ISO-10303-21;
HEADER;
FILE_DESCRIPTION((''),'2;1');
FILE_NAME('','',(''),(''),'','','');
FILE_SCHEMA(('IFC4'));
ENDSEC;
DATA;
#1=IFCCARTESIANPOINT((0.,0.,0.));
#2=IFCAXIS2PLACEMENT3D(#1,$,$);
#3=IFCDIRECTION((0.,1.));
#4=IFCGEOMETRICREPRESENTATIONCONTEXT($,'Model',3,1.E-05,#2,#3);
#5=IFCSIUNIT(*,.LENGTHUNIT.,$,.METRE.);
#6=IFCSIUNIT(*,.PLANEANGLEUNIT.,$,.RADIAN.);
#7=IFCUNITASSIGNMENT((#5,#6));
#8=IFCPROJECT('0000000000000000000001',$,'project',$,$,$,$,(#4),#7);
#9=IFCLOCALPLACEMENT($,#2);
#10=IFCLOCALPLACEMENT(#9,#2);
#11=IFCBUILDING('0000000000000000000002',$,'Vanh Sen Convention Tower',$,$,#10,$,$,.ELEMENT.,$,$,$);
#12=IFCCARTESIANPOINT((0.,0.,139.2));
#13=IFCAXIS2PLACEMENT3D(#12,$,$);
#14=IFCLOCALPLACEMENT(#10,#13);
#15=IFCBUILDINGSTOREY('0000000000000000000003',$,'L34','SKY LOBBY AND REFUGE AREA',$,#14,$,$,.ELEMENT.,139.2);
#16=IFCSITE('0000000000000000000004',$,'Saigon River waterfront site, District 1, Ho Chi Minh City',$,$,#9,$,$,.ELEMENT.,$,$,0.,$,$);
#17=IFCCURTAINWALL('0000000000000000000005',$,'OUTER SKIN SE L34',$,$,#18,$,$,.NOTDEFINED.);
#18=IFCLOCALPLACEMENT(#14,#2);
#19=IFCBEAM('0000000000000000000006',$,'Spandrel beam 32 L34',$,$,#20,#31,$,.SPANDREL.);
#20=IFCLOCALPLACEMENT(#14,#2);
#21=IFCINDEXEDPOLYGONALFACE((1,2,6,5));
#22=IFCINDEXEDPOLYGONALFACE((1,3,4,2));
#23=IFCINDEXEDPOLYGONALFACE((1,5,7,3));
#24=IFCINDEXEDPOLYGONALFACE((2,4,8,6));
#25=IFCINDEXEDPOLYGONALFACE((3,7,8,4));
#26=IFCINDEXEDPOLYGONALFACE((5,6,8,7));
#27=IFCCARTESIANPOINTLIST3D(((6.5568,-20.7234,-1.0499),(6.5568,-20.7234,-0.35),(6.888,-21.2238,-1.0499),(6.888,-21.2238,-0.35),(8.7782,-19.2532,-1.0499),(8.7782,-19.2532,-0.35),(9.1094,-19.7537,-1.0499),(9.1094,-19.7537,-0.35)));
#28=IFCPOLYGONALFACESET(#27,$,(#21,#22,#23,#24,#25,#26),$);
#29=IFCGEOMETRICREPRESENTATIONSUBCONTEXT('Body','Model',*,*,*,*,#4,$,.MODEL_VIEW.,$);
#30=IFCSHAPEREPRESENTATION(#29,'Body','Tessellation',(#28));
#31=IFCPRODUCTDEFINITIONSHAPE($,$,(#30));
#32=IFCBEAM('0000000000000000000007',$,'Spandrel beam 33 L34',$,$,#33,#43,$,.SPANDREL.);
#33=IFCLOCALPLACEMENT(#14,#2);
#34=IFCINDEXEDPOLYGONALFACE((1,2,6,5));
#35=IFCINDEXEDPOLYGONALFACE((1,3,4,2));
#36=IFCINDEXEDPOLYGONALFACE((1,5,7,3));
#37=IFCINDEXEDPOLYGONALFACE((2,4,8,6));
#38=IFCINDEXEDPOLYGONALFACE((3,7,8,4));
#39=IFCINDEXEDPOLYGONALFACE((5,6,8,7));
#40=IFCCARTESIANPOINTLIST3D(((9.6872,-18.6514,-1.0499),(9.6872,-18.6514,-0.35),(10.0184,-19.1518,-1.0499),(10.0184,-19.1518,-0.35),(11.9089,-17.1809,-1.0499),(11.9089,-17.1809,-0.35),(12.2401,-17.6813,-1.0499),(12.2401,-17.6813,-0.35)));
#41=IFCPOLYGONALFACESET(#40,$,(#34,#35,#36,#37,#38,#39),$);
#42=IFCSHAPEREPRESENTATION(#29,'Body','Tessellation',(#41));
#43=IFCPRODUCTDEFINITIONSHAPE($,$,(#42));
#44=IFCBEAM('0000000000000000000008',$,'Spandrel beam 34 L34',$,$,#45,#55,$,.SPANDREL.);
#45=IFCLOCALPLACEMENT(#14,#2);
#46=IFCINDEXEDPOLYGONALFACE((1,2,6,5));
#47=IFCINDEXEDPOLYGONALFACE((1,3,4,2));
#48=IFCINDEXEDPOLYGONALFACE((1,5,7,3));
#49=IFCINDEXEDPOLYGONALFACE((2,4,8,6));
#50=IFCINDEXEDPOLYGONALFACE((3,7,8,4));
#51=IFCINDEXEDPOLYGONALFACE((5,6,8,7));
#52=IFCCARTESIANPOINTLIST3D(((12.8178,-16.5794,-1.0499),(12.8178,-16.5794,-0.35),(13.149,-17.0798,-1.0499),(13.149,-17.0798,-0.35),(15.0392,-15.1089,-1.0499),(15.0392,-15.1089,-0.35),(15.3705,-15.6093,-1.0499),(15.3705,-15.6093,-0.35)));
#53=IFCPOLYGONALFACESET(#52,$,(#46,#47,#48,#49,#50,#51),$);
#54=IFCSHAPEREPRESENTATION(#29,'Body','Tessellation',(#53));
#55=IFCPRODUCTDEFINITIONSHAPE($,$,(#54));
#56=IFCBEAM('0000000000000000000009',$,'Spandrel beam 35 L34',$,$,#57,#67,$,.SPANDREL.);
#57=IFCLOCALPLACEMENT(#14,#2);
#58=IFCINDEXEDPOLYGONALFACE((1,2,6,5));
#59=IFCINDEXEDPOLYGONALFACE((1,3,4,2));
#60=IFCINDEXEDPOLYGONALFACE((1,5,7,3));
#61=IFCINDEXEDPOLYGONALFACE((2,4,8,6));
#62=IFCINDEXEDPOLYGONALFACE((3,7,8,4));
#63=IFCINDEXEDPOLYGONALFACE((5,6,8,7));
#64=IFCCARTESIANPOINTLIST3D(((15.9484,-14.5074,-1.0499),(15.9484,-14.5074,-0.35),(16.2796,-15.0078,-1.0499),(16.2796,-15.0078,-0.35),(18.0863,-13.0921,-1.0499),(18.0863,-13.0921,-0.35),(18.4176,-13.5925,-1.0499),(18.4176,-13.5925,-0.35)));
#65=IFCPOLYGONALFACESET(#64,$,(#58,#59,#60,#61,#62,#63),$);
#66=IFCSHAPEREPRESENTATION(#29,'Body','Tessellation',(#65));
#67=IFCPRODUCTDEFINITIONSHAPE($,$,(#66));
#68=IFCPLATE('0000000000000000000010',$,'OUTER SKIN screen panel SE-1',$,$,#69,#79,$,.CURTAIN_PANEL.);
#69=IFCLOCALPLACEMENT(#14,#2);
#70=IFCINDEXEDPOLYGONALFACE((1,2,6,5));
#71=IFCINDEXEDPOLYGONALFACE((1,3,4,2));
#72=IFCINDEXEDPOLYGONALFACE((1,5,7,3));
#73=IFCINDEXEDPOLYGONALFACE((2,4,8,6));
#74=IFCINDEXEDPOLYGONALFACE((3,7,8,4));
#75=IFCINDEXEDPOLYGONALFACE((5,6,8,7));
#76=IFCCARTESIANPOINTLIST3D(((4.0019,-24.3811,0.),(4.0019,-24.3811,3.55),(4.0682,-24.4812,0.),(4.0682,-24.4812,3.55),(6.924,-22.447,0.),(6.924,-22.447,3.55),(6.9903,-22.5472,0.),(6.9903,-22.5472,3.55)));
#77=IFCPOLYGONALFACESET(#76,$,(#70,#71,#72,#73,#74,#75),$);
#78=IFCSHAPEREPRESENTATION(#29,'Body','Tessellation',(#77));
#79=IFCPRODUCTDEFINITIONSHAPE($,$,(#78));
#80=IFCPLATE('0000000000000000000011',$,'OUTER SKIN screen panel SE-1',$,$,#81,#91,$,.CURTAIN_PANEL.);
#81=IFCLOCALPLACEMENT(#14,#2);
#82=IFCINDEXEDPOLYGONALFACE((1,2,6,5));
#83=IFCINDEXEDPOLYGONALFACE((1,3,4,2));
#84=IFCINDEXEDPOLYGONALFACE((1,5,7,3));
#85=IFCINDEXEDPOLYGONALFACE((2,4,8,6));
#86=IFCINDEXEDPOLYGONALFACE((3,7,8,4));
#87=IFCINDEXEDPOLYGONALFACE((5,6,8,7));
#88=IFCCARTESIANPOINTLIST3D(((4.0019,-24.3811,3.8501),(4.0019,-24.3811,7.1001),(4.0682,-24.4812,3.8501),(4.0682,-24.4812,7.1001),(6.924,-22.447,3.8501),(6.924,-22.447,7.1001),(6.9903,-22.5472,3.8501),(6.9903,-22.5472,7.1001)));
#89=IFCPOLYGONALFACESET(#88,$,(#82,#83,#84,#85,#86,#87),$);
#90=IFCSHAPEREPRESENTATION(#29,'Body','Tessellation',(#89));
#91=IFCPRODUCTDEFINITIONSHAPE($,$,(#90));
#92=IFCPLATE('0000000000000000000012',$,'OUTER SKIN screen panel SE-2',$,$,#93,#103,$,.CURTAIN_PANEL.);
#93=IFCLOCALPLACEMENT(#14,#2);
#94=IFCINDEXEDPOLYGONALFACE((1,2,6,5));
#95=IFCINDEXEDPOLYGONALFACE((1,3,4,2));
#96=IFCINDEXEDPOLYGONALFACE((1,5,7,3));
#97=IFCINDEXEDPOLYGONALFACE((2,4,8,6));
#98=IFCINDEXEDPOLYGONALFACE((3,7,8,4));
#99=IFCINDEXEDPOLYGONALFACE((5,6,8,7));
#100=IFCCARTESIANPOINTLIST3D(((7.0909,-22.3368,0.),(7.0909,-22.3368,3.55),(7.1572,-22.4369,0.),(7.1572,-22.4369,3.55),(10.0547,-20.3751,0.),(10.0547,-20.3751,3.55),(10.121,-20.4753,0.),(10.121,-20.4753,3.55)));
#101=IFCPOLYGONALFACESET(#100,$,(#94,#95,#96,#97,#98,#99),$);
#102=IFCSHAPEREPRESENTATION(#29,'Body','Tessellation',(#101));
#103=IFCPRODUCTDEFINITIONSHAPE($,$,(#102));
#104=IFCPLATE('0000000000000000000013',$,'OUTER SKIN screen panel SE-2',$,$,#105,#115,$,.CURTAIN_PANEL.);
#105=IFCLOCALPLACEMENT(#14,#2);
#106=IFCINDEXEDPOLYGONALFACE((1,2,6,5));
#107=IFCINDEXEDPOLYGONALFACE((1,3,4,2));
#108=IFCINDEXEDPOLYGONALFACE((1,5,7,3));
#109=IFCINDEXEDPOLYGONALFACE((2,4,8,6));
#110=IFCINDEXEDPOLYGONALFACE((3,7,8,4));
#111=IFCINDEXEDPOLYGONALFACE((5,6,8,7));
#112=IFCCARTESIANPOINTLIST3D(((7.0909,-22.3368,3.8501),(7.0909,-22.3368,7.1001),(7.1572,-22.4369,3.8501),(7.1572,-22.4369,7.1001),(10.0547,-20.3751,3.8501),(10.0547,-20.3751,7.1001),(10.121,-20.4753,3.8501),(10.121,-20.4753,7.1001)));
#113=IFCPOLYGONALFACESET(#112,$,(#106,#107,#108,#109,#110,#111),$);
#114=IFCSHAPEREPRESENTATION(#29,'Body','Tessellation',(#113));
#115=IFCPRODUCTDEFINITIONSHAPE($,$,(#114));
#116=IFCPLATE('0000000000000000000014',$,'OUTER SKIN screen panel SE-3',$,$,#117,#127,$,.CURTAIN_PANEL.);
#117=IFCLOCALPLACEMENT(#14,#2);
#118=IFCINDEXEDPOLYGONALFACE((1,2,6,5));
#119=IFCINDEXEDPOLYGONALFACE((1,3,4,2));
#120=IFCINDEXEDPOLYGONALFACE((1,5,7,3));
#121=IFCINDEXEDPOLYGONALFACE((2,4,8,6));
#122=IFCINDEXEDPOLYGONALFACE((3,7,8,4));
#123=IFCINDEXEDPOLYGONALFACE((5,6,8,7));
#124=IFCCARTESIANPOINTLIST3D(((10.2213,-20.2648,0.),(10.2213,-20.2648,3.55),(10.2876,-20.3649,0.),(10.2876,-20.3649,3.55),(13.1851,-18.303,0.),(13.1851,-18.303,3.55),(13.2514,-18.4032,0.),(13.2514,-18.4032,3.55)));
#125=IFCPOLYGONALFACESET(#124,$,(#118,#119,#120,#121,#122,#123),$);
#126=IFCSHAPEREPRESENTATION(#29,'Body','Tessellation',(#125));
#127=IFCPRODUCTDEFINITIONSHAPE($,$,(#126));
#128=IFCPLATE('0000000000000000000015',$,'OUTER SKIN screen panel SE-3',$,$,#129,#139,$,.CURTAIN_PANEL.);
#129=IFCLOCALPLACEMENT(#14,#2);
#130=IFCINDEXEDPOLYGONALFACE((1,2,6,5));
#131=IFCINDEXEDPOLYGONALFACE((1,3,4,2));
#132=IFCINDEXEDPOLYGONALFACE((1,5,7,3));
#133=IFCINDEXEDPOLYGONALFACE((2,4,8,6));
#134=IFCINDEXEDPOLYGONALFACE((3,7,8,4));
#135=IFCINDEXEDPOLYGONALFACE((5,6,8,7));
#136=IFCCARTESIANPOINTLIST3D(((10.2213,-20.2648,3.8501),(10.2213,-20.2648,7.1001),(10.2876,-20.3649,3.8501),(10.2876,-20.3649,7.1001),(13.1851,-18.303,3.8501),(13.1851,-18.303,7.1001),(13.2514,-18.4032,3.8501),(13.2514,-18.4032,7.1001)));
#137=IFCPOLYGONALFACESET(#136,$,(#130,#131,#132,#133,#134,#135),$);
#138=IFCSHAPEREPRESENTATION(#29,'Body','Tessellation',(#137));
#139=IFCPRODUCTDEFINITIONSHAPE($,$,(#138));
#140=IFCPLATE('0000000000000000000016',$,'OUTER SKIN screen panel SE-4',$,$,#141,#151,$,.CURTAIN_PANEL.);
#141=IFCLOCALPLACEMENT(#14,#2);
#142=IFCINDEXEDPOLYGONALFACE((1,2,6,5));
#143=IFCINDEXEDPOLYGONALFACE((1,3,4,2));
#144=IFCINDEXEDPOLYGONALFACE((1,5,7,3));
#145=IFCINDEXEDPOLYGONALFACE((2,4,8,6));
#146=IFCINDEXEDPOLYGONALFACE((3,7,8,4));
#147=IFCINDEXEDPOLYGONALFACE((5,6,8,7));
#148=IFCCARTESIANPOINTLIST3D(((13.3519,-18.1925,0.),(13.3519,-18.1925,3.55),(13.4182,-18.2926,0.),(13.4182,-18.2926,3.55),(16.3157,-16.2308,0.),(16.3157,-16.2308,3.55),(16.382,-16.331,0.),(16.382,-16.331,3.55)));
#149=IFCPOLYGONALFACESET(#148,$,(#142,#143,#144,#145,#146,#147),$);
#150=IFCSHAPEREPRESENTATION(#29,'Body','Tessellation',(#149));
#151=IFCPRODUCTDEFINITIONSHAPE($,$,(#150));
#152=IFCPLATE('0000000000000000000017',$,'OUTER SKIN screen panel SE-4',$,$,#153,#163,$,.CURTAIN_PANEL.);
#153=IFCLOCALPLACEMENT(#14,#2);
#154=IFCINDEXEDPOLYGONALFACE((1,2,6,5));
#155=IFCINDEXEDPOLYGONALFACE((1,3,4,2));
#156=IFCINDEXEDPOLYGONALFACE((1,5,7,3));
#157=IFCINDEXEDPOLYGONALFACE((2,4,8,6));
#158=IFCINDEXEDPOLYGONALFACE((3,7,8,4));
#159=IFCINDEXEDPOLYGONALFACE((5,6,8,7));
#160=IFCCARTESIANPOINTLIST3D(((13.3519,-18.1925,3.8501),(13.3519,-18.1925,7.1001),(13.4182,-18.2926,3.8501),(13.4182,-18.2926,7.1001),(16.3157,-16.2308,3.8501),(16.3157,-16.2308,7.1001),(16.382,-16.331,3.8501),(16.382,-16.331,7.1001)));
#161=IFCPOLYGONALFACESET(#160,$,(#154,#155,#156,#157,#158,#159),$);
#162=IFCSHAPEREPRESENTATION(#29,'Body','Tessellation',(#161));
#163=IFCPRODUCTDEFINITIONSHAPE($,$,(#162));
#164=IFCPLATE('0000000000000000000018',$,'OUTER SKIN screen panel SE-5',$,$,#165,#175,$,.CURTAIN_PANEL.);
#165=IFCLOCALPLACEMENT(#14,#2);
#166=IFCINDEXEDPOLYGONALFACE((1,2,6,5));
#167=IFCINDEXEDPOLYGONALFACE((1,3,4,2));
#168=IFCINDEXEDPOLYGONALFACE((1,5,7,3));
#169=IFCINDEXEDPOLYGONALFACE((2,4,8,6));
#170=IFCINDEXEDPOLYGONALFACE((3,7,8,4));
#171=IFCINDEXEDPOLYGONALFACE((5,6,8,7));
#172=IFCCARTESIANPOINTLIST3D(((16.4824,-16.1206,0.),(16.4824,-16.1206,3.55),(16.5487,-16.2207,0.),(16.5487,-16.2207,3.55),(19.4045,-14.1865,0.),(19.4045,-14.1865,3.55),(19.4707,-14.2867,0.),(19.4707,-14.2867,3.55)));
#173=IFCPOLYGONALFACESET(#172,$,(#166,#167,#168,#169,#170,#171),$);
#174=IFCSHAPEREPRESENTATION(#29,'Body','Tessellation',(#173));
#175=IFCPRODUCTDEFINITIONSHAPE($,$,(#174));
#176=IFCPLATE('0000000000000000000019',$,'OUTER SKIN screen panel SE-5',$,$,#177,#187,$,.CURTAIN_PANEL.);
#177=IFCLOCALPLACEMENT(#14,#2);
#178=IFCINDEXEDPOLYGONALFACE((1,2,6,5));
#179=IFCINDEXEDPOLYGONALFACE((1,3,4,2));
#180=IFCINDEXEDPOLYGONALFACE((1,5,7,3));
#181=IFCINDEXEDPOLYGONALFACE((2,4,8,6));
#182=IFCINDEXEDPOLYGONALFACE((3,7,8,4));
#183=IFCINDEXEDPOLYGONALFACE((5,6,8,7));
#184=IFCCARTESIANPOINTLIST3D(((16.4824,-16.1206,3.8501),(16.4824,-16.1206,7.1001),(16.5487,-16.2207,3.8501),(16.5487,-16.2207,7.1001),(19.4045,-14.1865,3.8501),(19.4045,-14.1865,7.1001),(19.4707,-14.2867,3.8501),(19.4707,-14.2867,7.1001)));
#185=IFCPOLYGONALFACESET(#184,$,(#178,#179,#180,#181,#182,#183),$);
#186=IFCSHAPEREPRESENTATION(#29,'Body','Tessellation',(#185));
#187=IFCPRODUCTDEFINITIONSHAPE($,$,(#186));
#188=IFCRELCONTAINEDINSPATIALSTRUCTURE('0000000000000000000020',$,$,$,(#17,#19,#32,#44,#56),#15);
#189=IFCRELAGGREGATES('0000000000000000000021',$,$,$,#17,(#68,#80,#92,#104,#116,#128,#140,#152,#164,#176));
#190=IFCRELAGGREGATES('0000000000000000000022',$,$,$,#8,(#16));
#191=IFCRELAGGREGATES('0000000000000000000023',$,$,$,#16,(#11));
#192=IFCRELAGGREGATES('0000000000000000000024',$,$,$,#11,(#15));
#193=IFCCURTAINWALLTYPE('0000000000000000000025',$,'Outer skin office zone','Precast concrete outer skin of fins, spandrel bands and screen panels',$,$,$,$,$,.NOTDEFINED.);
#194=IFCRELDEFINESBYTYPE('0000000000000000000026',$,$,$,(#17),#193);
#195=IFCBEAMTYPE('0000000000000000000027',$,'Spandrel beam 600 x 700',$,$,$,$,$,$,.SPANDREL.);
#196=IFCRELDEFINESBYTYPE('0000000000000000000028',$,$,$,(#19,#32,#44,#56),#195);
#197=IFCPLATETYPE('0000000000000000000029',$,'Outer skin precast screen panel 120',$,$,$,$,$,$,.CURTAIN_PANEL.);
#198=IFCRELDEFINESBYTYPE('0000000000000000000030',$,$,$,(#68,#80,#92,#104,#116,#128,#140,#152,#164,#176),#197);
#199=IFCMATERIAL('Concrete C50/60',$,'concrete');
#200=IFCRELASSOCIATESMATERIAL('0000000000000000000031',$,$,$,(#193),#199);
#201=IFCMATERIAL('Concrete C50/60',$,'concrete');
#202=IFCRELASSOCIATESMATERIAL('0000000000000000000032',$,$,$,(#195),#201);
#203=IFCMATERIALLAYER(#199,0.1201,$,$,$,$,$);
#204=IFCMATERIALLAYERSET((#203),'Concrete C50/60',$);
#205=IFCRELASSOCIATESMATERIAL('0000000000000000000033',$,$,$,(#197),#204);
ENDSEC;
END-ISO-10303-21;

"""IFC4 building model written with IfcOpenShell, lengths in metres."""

from ifc_helpers import new_model, si_unit, direction, frame, origin, origin_2d, place, context, subcontext, project, spatial, rectangle, extrude, material, layer, layer_set, material_profile, profile_set, type_object, element, aggregate, save


model = new_model("IFC4")

# Units and contexts
model_context = context("Model", 3, precision=1e-05, world=origin(), true_north=direction((0.0, 1.0)))
body_context = subcontext(model_context, "Body", "Model", "MODEL_VIEW")
ifc_project = project(units=[si_unit("LENGTHUNIT", "METRE"), si_unit("PLANEANGLEUNIT", "RADIAN")], contexts=[model_context])

# Site, building, storey
site_placement = place(None, origin())
site = spatial("IfcSite", under=ifc_project, at=site_placement, Name="Saigon River waterfront site, District 1, Ho Chi Minh City", CompositionType="ELEMENT", RefElevation=0.0)
building_placement = place(site_placement, origin())
building = spatial("IfcBuilding", under=site, at=building_placement, Name="Vanh Sen Convention Tower", CompositionType="ELEMENT")
storey_placement = place(building_placement, frame((0.0, 0.0, 139.2)))
storey = spatial("IfcBuildingStorey", under=building, at=storey_placement, Name="L34", Description="SKY LOBBY AND REFUGE AREA", CompositionType="ELEMENT", Elevation=139.2)

# Curtain wall
ifc_material_1 = material(Name="Concrete C50/60", Category="concrete")
curtain_wall_type = type_object("IfcCurtainWallType", Name="Outer skin office zone", Description="Precast concrete outer skin of fins, spandrel bands and screen panels", PredefinedType="NOTDEFINED", material=ifc_material_1)
curtain_wall_1_placement = place(storey_placement, origin())
curtain_wall_1 = element("IfcCurtainWall", 1, at=curtain_wall_1_placement, inside=storey, type_object=curtain_wall_type, Name="OUTER SKIN SE L34", PredefinedType="NOTDEFINED")

# Beams
ifc_material_2 = material(Name="Concrete C50/60", Category="concrete")
ifc_material_profile_1 = material_profile(ifc_material_2, rectangle(XDim=0.6001, YDim=0.7, at=origin_2d()), Name="RC 600X700")
ifc_profile_set_1 = profile_set([ifc_material_profile_1], Name="Concrete C50/60")
beam_type_1 = type_object("IfcBeamType", Name="Spandrel beam 600 x 700", PredefinedType="SPANDREL", material=ifc_profile_set_1)
beam_1_placement = place(storey_placement, frame((6.7224, -20.9736, -0.7), z_axis=(0.833907, 0.551905, 0.0), x_axis=(-0.551905, 0.833907, 0.0)))
element("IfcBeam", 2, at=beam_1_placement, inside=storey, type_object=beam_type_1, Name="Spandrel beam 32 L34", PredefinedType="SPANDREL", context=body_context, shape_type="SweptSolid", body=[
    extrude(rectangle(XDim=0.6001, YDim=0.7, at=origin_2d()), origin(), (0.0, 0.0, 1.0), 2.6638),
])
beam_2_placement = place(storey_placement, frame((9.8528, -18.9016, -0.7), z_axis=(0.833893, 0.551927, 0.0), x_axis=(-0.551927, 0.833893, 0.0)))
element("IfcBeam", 3, at=beam_2_placement, inside=storey, type_object=beam_type_1, Name="Spandrel beam 33 L34", PredefinedType="SPANDREL", context=body_context, shape_type="SweptSolid", body=[
    extrude(rectangle(XDim=0.6001, YDim=0.7, at=origin_2d()), origin(), (0.0, 0.0, 1.0), 2.6643),
])
beam_3_placement = place(storey_placement, frame((12.9834, -16.8296, -0.7), z_axis=(0.833865, 0.551969, 0.0), x_axis=(-0.551969, 0.833865, 0.0)))
element("IfcBeam", 4, at=beam_3_placement, inside=storey, type_object=beam_type_1, Name="Spandrel beam 34 L34", PredefinedType="SPANDREL", context=body_context, shape_type="SweptSolid", body=[
    extrude(rectangle(XDim=0.6001, YDim=0.7, at=origin_2d()), origin(), (0.0, 0.0, 1.0), 2.6641),
])
beam_4_placement = place(storey_placement, frame((16.114, -14.7576, -0.7), z_axis=(0.833848, 0.551994, 0.0), x_axis=(-0.551994, 0.833848, 0.0)))
element("IfcBeam", 5, at=beam_4_placement, inside=storey, type_object=beam_type_1, Name="Spandrel beam 35 L34", PredefinedType="SPANDREL", context=body_context, shape_type="SweptSolid", body=[
    extrude(rectangle(XDim=0.6001, YDim=0.7, at=origin_2d()), origin(), (0.0, 0.0, 1.0), 2.564),
])

# Plates
ifc_layer_1 = layer(ifc_material_1, 0.1201)
ifc_layer_set_1 = layer_set([ifc_layer_1], Name="Concrete C50/60")
plate_type = type_object("IfcPlateType", Name="Outer skin precast screen panel 120", PredefinedType="CURTAIN_PANEL", material=ifc_layer_set_1)
plate_1_placement = place(storey_placement, frame((5.4961, -23.4641, 0.0), z_axis=(0.0, 0.0, 1.0), x_axis=(0.83389, 0.551931, 0.0)))
plate_1 = element("IfcPlate", 6, at=plate_1_placement, type_object=plate_type, Name="OUTER SKIN screen panel SE-1", PredefinedType="CURTAIN_PANEL", context=body_context, shape_type="SweptSolid", body=[
    extrude(rectangle(XDim=3.5042, YDim=0.1201, at=origin_2d()), origin(), (0.0, 0.0, 1.0), 3.55),
])
plate_2_placement = place(storey_placement, frame((5.4961, -23.4641, 3.8501), z_axis=(0.0, 0.0, 1.0), x_axis=(0.83389, 0.551931, 0.0)))
plate_2 = element("IfcPlate", 7, at=plate_2_placement, type_object=plate_type, Name="OUTER SKIN screen panel SE-1", PredefinedType="CURTAIN_PANEL", context=body_context, shape_type="SweptSolid", body=[
    extrude(rectangle(XDim=3.5042, YDim=0.1201, at=origin_2d()), origin(), (0.0, 0.0, 1.0), 3.25),
])
plate_3_placement = place(storey_placement, frame((8.606, -21.406, 0.0), z_axis=(0.0, 0.0, 1.0), x_axis=(0.83389, 0.551931, 0.0)))
plate_3 = element("IfcPlate", 8, at=plate_3_placement, type_object=plate_type, Name="OUTER SKIN screen panel SE-2", PredefinedType="CURTAIN_PANEL", context=body_context, shape_type="SweptSolid", body=[
    extrude(rectangle(XDim=3.5542, YDim=0.1201, at=origin_2d()), origin(), (0.0, 0.0, 1.0), 3.55),
])
plate_4_placement = place(storey_placement, frame((8.606, -21.406, 3.8501), z_axis=(0.0, 0.0, 1.0), x_axis=(0.83389, 0.551931, 0.0)))
plate_4 = element("IfcPlate", 9, at=plate_4_placement, type_object=plate_type, Name="OUTER SKIN screen panel SE-2", PredefinedType="CURTAIN_PANEL", context=body_context, shape_type="SweptSolid", body=[
    extrude(rectangle(XDim=3.5542, YDim=0.1201, at=origin_2d()), origin(), (0.0, 0.0, 1.0), 3.25),
])
plate_5_placement = place(storey_placement, frame((11.7363, -19.334, 0.0), z_axis=(0.0, 0.0, 1.0), x_axis=(0.833877, 0.55195, 0.0)))
plate_5 = element("IfcPlate", 10, at=plate_5_placement, type_object=plate_type, Name="OUTER SKIN screen panel SE-3", PredefinedType="CURTAIN_PANEL", context=body_context, shape_type="SweptSolid", body=[
    extrude(rectangle(XDim=3.5542, YDim=0.1201, at=origin_2d()), origin(), (0.0, 0.0, 1.0), 3.55),
])
plate_6_placement = place(storey_placement, frame((11.7363, -19.334, 3.8501), z_axis=(0.0, 0.0, 1.0), x_axis=(0.833877, 0.55195, 0.0)))
plate_6 = element("IfcPlate", 11, at=plate_6_placement, type_object=plate_type, Name="OUTER SKIN screen panel SE-3", PredefinedType="CURTAIN_PANEL", context=body_context, shape_type="SweptSolid", body=[
    extrude(rectangle(XDim=3.5542, YDim=0.1201, at=origin_2d()), origin(), (0.0, 0.0, 1.0), 3.25),
])
plate_7_placement = place(storey_placement, frame((14.8669, -17.2617, 0.0), z_axis=(0.0, 0.0, 1.0), x_axis=(0.83389, 0.551931, 0.0)))
plate_7 = element("IfcPlate", 12, at=plate_7_placement, type_object=plate_type, Name="OUTER SKIN screen panel SE-4", PredefinedType="CURTAIN_PANEL", context=body_context, shape_type="SweptSolid", body=[
    extrude(rectangle(XDim=3.5542, YDim=0.1201, at=origin_2d()), origin(), (0.0, 0.0, 1.0), 3.55),
])
plate_8_placement = place(storey_placement, frame((14.8669, -17.2617, 3.8501), z_axis=(0.0, 0.0, 1.0), x_axis=(0.83389, 0.551931, 0.0)))
plate_8 = element("IfcPlate", 13, at=plate_8_placement, type_object=plate_type, Name="OUTER SKIN screen panel SE-4", PredefinedType="CURTAIN_PANEL", context=body_context, shape_type="SweptSolid", body=[
    extrude(rectangle(XDim=3.5542, YDim=0.1201, at=origin_2d()), origin(), (0.0, 0.0, 1.0), 3.25),
])
plate_9_placement = place(storey_placement, frame((17.9766, -15.2036, 0.0), z_axis=(0.0, 0.0, 1.0), x_axis=(0.83389, 0.551931, 0.0)))
plate_9 = element("IfcPlate", 14, at=plate_9_placement, type_object=plate_type, Name="OUTER SKIN screen panel SE-5", PredefinedType="CURTAIN_PANEL", context=body_context, shape_type="SweptSolid", body=[
    extrude(rectangle(XDim=3.5042, YDim=0.1201, at=origin_2d()), origin(), (0.0, 0.0, 1.0), 3.55),
])
plate_10_placement = place(storey_placement, frame((17.9766, -15.2036, 3.8501), z_axis=(0.0, 0.0, 1.0), x_axis=(0.83389, 0.551931, 0.0)))
plate_10 = element("IfcPlate", 15, at=plate_10_placement, type_object=plate_type, Name="OUTER SKIN screen panel SE-5", PredefinedType="CURTAIN_PANEL", context=body_context, shape_type="SweptSolid", body=[
    extrude(rectangle(XDim=3.5042, YDim=0.1201, at=origin_2d()), origin(), (0.0, 0.0, 1.0), 3.25),
])
aggregate(curtain_wall_1, [plate_1, plate_2, plate_3, plate_4, plate_5, plate_6, plate_7, plate_8, plate_9, plate_10])

save(model, "model.ifc")
